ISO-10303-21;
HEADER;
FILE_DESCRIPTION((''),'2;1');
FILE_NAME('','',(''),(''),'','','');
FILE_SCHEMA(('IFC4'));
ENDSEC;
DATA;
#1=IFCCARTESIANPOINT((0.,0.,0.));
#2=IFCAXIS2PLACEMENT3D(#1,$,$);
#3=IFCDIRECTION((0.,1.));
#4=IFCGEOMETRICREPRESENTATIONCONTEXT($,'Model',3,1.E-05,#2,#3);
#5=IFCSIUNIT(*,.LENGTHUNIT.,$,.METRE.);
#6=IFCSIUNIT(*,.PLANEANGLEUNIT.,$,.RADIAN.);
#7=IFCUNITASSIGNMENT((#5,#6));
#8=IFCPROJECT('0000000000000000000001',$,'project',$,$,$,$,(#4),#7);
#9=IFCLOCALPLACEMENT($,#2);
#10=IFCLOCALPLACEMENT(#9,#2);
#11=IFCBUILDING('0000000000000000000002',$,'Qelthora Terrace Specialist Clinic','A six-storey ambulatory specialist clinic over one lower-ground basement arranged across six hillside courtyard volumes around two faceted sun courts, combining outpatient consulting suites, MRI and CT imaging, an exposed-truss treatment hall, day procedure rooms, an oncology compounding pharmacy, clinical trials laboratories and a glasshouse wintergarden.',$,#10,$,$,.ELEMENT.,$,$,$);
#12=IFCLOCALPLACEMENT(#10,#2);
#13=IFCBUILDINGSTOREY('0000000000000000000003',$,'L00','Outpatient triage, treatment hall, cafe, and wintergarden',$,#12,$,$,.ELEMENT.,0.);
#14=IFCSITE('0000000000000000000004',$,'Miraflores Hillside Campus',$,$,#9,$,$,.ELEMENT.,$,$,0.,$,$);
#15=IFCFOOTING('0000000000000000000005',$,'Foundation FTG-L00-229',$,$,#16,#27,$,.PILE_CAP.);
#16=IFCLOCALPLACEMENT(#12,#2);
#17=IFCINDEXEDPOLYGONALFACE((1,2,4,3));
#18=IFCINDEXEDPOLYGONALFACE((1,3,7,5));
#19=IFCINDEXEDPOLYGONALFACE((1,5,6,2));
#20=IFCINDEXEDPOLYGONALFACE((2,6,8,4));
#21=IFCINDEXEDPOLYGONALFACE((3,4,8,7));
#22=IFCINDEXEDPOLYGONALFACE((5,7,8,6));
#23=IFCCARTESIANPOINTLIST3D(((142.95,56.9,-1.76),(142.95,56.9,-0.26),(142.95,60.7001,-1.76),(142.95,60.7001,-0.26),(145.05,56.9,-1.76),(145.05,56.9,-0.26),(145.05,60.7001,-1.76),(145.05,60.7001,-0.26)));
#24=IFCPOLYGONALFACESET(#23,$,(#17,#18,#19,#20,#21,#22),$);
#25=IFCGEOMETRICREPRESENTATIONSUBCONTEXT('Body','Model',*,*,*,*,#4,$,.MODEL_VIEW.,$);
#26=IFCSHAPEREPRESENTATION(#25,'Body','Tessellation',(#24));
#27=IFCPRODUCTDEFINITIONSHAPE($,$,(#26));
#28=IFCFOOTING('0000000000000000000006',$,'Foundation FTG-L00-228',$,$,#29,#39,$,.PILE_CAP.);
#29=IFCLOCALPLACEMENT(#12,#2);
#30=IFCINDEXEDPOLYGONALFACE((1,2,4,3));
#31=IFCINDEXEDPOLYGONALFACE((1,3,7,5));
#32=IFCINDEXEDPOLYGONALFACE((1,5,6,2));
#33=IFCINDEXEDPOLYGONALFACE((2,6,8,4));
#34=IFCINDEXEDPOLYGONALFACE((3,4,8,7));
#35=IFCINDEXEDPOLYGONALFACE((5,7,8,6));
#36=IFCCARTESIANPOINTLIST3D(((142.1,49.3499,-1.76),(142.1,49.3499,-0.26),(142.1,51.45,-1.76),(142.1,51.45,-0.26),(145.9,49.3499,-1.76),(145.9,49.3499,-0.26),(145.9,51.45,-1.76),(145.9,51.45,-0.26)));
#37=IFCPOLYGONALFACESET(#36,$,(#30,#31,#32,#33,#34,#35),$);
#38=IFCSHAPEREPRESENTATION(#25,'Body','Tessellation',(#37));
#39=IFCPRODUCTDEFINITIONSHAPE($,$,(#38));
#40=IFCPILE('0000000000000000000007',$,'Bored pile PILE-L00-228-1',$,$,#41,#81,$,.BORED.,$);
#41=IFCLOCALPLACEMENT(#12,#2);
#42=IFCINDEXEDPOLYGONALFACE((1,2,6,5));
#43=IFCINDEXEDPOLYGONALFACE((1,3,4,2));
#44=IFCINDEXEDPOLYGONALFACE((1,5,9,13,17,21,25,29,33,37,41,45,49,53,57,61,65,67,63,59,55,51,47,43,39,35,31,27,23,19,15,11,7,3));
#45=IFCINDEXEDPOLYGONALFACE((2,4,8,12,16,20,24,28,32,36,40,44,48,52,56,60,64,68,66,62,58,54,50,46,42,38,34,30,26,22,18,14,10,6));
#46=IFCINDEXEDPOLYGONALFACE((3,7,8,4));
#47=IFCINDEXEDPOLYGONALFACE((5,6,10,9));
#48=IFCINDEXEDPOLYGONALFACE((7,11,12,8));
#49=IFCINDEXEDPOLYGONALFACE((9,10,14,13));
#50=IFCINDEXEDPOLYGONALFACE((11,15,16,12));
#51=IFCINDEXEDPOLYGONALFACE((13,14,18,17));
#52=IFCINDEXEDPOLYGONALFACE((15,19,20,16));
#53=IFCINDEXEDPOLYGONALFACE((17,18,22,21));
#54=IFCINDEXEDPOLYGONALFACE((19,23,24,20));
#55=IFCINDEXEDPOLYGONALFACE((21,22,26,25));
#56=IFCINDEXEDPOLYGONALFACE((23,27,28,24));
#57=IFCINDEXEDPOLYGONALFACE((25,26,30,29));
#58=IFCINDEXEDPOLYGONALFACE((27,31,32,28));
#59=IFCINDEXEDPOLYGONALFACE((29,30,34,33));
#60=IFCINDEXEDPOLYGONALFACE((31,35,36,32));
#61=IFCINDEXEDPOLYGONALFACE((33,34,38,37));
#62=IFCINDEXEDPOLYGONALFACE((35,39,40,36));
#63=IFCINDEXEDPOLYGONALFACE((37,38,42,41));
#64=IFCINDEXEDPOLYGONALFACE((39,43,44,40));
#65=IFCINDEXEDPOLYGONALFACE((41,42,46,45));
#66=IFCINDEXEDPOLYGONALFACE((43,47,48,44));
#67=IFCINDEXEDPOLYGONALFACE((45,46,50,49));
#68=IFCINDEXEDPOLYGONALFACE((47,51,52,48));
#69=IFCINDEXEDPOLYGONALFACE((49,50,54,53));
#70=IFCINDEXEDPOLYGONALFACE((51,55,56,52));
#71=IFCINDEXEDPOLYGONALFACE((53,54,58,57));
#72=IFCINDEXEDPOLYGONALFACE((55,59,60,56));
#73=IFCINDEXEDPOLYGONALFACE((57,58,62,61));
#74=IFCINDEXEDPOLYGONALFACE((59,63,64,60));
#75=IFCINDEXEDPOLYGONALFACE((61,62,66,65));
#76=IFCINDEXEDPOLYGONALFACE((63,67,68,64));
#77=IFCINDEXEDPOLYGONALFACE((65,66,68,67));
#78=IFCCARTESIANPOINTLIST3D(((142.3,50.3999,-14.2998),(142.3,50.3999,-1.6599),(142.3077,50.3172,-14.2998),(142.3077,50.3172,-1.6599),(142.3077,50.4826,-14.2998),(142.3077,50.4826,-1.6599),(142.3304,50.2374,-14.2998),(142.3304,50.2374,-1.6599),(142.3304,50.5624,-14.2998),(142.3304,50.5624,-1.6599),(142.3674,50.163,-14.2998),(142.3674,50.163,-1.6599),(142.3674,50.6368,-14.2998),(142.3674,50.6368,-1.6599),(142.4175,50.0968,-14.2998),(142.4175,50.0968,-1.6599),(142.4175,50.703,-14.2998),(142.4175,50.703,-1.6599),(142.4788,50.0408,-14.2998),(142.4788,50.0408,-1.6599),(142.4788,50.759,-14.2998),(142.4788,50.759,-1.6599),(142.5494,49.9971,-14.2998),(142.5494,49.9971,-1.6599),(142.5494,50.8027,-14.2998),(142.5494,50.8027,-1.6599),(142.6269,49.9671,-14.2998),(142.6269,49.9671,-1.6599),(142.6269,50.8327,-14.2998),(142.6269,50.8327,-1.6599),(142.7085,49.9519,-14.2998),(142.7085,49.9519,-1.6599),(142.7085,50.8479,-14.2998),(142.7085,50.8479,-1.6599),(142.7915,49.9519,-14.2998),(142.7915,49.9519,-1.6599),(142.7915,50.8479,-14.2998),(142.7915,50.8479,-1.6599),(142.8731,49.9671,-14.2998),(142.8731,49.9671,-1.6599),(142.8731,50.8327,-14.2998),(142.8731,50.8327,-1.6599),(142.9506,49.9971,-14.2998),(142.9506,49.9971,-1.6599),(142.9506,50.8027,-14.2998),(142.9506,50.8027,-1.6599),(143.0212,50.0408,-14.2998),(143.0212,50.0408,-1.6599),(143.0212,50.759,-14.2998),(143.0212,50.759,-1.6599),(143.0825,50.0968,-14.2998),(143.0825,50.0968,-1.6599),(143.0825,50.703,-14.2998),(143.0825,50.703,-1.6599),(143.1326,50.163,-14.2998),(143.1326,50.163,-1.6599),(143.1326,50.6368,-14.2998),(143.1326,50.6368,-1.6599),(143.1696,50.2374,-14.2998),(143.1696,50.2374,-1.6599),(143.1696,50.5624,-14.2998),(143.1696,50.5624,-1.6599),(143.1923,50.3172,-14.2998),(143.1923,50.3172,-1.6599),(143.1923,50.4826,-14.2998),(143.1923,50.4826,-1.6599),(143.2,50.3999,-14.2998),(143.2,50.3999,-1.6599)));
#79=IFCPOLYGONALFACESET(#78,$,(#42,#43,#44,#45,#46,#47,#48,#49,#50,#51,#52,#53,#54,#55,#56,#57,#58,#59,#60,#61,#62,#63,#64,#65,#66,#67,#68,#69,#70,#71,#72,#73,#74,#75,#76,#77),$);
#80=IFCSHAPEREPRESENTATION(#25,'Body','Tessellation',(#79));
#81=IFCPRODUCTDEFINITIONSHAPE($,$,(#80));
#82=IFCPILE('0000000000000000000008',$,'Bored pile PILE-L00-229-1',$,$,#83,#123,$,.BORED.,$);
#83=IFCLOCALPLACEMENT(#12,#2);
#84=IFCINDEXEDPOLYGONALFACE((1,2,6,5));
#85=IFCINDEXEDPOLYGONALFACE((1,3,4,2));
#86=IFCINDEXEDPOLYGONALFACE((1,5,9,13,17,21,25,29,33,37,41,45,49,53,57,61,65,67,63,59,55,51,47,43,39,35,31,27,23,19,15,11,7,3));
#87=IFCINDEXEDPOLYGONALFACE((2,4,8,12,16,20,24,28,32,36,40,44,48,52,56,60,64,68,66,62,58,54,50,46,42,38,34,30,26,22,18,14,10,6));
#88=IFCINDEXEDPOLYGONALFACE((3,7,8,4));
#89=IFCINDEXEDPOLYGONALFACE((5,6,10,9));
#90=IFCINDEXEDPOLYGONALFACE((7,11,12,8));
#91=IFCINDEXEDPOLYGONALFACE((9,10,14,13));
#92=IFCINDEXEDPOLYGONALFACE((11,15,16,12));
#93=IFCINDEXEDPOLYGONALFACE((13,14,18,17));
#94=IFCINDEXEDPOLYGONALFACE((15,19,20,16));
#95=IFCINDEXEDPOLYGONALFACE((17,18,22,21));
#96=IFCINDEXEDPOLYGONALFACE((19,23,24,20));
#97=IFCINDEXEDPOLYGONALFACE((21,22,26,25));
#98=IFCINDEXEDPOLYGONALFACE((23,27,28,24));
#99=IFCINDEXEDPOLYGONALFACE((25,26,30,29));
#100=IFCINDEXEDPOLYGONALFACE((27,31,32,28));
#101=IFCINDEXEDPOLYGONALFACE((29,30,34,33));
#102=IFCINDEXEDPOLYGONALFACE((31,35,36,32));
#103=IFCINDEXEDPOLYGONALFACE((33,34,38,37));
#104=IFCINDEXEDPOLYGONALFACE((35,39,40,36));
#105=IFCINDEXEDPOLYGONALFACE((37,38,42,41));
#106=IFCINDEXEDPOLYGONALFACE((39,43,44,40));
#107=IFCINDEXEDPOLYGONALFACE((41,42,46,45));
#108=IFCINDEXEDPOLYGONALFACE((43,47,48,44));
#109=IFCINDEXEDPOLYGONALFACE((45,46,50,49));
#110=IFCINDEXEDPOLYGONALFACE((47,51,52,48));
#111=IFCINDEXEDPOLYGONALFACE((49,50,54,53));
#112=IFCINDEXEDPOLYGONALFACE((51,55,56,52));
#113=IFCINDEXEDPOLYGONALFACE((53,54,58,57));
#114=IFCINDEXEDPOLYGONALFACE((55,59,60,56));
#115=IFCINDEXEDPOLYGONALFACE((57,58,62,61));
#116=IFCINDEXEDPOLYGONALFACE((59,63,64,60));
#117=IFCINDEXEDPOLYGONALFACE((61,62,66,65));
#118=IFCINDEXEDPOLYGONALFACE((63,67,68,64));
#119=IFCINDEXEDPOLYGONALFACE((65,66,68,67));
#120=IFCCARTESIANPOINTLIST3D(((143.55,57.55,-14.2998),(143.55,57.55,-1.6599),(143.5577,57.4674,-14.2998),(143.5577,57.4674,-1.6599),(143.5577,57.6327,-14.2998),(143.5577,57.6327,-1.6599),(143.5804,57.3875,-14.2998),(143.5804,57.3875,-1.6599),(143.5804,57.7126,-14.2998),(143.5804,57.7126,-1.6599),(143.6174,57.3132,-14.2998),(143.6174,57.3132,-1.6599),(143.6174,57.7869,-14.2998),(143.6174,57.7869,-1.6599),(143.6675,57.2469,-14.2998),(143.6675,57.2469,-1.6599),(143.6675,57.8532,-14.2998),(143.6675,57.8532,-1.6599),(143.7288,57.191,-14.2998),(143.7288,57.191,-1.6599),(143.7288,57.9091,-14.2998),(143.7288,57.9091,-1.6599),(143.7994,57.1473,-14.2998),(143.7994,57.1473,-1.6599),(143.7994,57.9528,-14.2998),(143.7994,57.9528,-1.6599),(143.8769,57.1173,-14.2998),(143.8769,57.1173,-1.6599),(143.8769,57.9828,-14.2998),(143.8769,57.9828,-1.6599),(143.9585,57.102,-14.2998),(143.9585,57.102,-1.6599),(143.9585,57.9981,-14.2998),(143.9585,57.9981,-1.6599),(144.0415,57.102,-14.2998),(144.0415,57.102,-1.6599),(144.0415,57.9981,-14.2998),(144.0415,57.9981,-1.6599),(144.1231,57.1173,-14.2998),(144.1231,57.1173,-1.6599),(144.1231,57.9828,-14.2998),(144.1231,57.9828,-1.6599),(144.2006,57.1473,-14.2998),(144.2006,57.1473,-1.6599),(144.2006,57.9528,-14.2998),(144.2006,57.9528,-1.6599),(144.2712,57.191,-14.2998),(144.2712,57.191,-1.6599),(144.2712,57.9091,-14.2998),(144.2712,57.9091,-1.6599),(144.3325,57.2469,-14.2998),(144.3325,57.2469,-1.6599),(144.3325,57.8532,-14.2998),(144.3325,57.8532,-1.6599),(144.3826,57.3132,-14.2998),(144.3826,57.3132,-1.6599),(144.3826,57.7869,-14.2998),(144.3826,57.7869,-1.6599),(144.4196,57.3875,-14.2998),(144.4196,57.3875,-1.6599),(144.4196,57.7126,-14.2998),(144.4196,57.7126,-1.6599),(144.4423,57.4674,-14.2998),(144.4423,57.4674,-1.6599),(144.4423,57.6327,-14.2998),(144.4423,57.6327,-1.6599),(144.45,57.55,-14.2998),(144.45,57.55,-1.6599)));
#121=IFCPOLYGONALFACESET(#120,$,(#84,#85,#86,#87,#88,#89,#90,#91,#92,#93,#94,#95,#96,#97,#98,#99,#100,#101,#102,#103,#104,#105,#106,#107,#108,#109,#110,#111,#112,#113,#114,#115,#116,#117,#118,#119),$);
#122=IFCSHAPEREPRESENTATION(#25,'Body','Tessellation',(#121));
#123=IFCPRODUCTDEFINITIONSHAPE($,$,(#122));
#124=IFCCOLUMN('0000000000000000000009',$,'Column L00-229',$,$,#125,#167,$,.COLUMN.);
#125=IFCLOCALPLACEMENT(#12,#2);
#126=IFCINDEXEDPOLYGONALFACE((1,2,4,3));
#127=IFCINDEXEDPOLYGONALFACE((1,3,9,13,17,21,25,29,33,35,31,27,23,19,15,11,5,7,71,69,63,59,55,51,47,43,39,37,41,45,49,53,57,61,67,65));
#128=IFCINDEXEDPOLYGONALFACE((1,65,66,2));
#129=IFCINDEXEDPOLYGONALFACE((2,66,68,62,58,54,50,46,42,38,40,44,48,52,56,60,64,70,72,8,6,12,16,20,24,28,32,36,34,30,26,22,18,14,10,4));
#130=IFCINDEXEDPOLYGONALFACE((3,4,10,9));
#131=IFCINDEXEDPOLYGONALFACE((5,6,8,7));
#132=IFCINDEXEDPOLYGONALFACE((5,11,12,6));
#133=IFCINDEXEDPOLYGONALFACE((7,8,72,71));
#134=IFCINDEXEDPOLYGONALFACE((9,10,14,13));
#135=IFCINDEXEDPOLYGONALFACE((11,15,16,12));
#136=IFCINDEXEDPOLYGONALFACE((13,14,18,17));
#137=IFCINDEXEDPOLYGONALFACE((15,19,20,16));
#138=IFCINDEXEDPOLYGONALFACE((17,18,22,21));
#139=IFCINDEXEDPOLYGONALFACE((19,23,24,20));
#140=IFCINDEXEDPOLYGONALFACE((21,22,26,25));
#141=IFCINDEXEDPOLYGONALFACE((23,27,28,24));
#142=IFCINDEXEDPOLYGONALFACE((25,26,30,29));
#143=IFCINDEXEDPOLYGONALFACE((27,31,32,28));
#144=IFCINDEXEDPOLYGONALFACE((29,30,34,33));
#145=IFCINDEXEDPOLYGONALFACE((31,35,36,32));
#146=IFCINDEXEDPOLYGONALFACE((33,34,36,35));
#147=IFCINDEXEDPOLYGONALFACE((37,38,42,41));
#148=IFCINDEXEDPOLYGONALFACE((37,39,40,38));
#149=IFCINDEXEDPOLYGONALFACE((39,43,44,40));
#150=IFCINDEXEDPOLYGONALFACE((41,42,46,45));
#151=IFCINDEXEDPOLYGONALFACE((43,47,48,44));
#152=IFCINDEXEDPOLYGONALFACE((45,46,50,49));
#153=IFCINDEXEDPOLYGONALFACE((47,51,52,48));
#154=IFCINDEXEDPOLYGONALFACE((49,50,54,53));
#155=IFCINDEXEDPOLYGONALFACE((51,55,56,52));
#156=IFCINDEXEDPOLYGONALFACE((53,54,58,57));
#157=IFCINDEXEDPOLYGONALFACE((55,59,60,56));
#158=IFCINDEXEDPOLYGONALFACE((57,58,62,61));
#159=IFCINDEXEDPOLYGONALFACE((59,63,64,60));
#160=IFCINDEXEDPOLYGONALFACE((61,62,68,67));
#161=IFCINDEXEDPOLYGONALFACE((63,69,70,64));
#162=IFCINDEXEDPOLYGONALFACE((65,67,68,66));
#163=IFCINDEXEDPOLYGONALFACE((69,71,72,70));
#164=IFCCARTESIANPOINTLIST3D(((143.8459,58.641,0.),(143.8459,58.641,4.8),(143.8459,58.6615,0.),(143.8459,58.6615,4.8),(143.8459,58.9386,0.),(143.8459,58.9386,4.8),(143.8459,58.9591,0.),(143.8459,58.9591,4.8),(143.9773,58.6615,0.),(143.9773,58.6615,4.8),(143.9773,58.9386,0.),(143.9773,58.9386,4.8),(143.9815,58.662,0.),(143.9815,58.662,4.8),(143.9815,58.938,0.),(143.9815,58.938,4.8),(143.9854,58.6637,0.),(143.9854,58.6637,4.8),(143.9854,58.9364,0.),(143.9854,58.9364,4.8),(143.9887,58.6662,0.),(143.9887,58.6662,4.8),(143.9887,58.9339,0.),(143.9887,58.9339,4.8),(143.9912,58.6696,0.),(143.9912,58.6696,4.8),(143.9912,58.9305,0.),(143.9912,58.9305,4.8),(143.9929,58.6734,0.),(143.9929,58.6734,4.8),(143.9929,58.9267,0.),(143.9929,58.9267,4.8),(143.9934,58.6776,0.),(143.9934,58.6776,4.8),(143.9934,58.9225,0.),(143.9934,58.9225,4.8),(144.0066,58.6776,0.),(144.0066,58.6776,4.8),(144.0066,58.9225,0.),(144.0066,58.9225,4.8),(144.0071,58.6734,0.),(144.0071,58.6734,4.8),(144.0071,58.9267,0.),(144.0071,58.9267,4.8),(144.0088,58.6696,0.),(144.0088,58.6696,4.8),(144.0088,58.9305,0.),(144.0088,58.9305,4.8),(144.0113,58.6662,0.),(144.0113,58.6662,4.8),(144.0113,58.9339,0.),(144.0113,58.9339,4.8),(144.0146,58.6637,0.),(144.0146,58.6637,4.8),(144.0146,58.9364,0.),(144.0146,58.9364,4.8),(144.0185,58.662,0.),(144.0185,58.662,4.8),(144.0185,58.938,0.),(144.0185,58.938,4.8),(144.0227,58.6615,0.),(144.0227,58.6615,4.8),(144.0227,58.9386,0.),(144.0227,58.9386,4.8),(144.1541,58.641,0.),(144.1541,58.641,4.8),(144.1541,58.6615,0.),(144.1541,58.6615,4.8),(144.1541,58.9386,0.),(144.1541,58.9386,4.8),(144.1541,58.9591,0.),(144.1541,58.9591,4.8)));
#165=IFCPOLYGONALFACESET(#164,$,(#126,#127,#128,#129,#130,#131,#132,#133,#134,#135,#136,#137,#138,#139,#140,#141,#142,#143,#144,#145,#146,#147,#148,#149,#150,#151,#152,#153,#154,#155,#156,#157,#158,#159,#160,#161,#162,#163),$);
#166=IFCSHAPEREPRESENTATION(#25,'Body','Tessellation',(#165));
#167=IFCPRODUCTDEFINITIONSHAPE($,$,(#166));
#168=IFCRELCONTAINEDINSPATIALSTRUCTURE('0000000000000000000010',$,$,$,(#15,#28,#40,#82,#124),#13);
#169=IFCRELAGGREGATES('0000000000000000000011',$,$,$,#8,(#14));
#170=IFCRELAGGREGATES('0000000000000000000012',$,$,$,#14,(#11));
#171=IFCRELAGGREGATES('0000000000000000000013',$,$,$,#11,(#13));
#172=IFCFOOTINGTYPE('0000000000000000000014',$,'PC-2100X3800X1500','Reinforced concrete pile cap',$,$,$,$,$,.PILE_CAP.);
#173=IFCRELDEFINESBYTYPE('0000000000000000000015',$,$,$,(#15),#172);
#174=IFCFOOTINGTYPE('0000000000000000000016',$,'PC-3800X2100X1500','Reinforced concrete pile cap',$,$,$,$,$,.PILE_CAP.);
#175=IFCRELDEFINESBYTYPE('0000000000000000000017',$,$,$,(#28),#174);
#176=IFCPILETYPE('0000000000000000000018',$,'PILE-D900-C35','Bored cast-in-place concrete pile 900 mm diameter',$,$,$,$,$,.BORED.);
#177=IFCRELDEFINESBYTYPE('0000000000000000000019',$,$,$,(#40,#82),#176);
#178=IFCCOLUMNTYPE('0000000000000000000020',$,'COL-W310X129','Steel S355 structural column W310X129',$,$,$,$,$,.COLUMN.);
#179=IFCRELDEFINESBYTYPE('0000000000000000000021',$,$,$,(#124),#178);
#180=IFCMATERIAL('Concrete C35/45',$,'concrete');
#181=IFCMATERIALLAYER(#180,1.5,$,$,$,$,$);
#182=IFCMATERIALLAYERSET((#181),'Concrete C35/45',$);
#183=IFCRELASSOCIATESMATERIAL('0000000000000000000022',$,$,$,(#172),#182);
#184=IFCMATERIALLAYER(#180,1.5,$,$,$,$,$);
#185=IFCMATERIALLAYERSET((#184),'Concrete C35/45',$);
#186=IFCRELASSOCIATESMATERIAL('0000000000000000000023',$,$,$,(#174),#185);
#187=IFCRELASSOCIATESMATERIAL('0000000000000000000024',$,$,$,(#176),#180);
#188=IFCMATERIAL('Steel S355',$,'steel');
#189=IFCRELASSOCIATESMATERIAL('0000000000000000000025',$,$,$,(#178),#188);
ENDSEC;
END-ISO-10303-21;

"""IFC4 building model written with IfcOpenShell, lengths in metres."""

from ifc_helpers import new_model, si_unit, direction, frame, origin, origin_2d, place, context, subcontext, project, spatial, rectangle, circle, i_section, extrude, material, layer, layer_set, material_profile, profile_set, type_object, element, save


model = new_model("IFC4")

# Units and contexts
model_context = context("Model", 3, precision=1e-05, world=origin(), true_north=direction((0.0, 1.0)))
body_context = subcontext(model_context, "Body", "Model", "MODEL_VIEW")
ifc_project = project(units=[si_unit("LENGTHUNIT", "METRE"), si_unit("PLANEANGLEUNIT", "RADIAN")], contexts=[model_context])

# Site, building, storey
site_placement = place(None, origin())
site = spatial("IfcSite", under=ifc_project, at=site_placement, Name="Miraflores Hillside Campus", CompositionType="ELEMENT", RefElevation=0.0)
building_placement = place(site_placement, origin())
building = spatial("IfcBuilding", under=site, at=building_placement, Name="Qelthora Terrace Specialist Clinic", Description="A six-storey ambulatory specialist clinic over one lower-ground basement arranged across six hillside courtyard volumes around two faceted sun courts, combining outpatient consulting suites, MRI and CT imaging, an exposed-truss treatment hall, day procedure rooms, an oncology compounding pharmacy, clinical trials laboratories and a glasshouse wintergarden.", CompositionType="ELEMENT")
storey_placement = place(building_placement, origin())
storey = spatial("IfcBuildingStorey", under=building, at=storey_placement, Name="L00", Description="Outpatient triage, treatment hall, cafe, and wintergarden", CompositionType="ELEMENT", Elevation=0.0)

# Footings
ifc_material_1 = material(Name="Concrete C35/45", Category="concrete")
ifc_layer_1 = layer(ifc_material_1, 1.5)
ifc_layer_set_1 = layer_set([ifc_layer_1], Name="Concrete C35/45")
footing_type_1 = type_object("IfcFootingType", Name="PC-2100X3800X1500", Description="Reinforced concrete pile cap", PredefinedType="PILE_CAP", material=ifc_layer_set_1)
footing_1_placement = place(storey_placement, frame((144.0, 58.8, -1.76), z_axis=(0.0, 0.0, 1.0), x_axis=(1.0, 0.0, 0.0)))
element("IfcFooting", 1, at=footing_1_placement, inside=storey, type_object=footing_type_1, Name="Foundation FTG-L00-229", PredefinedType="PILE_CAP", context=body_context, shape_type="SweptSolid", body=[
    extrude(rectangle(XDim=2.1001, YDim=3.8, at=origin_2d()), origin(), (0.0, 0.0, 1.0), 1.5),
])
ifc_layer_2 = layer(ifc_material_1, 1.5)
ifc_layer_set_2 = layer_set([ifc_layer_2], Name="Concrete C35/45")
footing_type_2 = type_object("IfcFootingType", Name="PC-3800X2100X1500", Description="Reinforced concrete pile cap", PredefinedType="PILE_CAP", material=ifc_layer_set_2)
footing_2_placement = place(storey_placement, frame((144.0, 50.3999, -1.76), z_axis=(0.0, 0.0, 1.0), x_axis=(1.0, 0.0, 0.0)))
element("IfcFooting", 2, at=footing_2_placement, inside=storey, type_object=footing_type_2, Name="Foundation FTG-L00-228", PredefinedType="PILE_CAP", context=body_context, shape_type="SweptSolid", body=[
    extrude(rectangle(XDim=3.8, YDim=2.1001, at=origin_2d()), origin(), (0.0, 0.0, 1.0), 1.5),
])

# Piles
ifc_material_profile_1 = material_profile(ifc_material_1, circle(Radius=0.45, at=origin_2d()), Name="PILE900")
ifc_profile_set_1 = profile_set([ifc_material_profile_1], Name="Concrete C35/45")
pile_type = type_object("IfcPileType", Name="PILE-D900-C35", Description="Bored cast-in-place concrete pile 900 mm diameter", PredefinedType="BORED", material=ifc_profile_set_1)
for number, where, z_axis, x_axis, name in (
    (3, (142.75, 50.3999, -1.6599), (0.0, 0.0, -1.0), (1.0, 0.0, 0.0), "Bored pile PILE-L00-228-1"),
    (4, (144.0, 57.55, -1.6599), (0.0, 0.0, -1.0), (1.0, 0.0, 0.0), "Bored pile PILE-L00-229-1"),
):
    element("IfcPile", number, at=place(storey_placement, frame(where, z_axis=z_axis, x_axis=x_axis)), inside=storey, type_object=pile_type, Name=name, PredefinedType="BORED", context=body_context, shape_type="SweptSolid", body=[
        extrude(circle(Radius=0.45, at=origin_2d()), origin(), (0.0, 0.0, 1.0), 12.6399),
    ])

# Column
ifc_material_2 = material(Name="Steel S355", Category="steel")
ifc_material_profile_2 = material_profile(ifc_material_2, i_section(OverallWidth=0.3081, OverallDepth=0.3181, WebThickness=0.0132, FlangeThickness=0.0205, FilletRadius=0.0161, at=origin_2d()), Name="W310X129")
ifc_profile_set_2 = profile_set([ifc_material_profile_2], Name="Steel S355")
column_type_1 = type_object("IfcColumnType", Name="COL-W310X129", Description="Steel S355 structural column W310X129", PredefinedType="COLUMN", material=ifc_profile_set_2)
column_1_placement = place(storey_placement, frame((144.0, 58.8, 0.0), z_axis=(0.0, 0.0, 1.0), x_axis=(1.0, 0.0, 0.0)))
element("IfcColumn", 5, at=column_1_placement, inside=storey, type_object=column_type_1, Name="Column L00-229", PredefinedType="COLUMN", context=body_context, shape_type="SweptSolid", body=[
    extrude(i_section(OverallWidth=0.3081, OverallDepth=0.3181, WebThickness=0.0132, FlangeThickness=0.0205, FilletRadius=0.0161, at=origin_2d()), origin(), (0.0, 0.0, 1.0), 4.8),
])

save(model, "model.ifc")
